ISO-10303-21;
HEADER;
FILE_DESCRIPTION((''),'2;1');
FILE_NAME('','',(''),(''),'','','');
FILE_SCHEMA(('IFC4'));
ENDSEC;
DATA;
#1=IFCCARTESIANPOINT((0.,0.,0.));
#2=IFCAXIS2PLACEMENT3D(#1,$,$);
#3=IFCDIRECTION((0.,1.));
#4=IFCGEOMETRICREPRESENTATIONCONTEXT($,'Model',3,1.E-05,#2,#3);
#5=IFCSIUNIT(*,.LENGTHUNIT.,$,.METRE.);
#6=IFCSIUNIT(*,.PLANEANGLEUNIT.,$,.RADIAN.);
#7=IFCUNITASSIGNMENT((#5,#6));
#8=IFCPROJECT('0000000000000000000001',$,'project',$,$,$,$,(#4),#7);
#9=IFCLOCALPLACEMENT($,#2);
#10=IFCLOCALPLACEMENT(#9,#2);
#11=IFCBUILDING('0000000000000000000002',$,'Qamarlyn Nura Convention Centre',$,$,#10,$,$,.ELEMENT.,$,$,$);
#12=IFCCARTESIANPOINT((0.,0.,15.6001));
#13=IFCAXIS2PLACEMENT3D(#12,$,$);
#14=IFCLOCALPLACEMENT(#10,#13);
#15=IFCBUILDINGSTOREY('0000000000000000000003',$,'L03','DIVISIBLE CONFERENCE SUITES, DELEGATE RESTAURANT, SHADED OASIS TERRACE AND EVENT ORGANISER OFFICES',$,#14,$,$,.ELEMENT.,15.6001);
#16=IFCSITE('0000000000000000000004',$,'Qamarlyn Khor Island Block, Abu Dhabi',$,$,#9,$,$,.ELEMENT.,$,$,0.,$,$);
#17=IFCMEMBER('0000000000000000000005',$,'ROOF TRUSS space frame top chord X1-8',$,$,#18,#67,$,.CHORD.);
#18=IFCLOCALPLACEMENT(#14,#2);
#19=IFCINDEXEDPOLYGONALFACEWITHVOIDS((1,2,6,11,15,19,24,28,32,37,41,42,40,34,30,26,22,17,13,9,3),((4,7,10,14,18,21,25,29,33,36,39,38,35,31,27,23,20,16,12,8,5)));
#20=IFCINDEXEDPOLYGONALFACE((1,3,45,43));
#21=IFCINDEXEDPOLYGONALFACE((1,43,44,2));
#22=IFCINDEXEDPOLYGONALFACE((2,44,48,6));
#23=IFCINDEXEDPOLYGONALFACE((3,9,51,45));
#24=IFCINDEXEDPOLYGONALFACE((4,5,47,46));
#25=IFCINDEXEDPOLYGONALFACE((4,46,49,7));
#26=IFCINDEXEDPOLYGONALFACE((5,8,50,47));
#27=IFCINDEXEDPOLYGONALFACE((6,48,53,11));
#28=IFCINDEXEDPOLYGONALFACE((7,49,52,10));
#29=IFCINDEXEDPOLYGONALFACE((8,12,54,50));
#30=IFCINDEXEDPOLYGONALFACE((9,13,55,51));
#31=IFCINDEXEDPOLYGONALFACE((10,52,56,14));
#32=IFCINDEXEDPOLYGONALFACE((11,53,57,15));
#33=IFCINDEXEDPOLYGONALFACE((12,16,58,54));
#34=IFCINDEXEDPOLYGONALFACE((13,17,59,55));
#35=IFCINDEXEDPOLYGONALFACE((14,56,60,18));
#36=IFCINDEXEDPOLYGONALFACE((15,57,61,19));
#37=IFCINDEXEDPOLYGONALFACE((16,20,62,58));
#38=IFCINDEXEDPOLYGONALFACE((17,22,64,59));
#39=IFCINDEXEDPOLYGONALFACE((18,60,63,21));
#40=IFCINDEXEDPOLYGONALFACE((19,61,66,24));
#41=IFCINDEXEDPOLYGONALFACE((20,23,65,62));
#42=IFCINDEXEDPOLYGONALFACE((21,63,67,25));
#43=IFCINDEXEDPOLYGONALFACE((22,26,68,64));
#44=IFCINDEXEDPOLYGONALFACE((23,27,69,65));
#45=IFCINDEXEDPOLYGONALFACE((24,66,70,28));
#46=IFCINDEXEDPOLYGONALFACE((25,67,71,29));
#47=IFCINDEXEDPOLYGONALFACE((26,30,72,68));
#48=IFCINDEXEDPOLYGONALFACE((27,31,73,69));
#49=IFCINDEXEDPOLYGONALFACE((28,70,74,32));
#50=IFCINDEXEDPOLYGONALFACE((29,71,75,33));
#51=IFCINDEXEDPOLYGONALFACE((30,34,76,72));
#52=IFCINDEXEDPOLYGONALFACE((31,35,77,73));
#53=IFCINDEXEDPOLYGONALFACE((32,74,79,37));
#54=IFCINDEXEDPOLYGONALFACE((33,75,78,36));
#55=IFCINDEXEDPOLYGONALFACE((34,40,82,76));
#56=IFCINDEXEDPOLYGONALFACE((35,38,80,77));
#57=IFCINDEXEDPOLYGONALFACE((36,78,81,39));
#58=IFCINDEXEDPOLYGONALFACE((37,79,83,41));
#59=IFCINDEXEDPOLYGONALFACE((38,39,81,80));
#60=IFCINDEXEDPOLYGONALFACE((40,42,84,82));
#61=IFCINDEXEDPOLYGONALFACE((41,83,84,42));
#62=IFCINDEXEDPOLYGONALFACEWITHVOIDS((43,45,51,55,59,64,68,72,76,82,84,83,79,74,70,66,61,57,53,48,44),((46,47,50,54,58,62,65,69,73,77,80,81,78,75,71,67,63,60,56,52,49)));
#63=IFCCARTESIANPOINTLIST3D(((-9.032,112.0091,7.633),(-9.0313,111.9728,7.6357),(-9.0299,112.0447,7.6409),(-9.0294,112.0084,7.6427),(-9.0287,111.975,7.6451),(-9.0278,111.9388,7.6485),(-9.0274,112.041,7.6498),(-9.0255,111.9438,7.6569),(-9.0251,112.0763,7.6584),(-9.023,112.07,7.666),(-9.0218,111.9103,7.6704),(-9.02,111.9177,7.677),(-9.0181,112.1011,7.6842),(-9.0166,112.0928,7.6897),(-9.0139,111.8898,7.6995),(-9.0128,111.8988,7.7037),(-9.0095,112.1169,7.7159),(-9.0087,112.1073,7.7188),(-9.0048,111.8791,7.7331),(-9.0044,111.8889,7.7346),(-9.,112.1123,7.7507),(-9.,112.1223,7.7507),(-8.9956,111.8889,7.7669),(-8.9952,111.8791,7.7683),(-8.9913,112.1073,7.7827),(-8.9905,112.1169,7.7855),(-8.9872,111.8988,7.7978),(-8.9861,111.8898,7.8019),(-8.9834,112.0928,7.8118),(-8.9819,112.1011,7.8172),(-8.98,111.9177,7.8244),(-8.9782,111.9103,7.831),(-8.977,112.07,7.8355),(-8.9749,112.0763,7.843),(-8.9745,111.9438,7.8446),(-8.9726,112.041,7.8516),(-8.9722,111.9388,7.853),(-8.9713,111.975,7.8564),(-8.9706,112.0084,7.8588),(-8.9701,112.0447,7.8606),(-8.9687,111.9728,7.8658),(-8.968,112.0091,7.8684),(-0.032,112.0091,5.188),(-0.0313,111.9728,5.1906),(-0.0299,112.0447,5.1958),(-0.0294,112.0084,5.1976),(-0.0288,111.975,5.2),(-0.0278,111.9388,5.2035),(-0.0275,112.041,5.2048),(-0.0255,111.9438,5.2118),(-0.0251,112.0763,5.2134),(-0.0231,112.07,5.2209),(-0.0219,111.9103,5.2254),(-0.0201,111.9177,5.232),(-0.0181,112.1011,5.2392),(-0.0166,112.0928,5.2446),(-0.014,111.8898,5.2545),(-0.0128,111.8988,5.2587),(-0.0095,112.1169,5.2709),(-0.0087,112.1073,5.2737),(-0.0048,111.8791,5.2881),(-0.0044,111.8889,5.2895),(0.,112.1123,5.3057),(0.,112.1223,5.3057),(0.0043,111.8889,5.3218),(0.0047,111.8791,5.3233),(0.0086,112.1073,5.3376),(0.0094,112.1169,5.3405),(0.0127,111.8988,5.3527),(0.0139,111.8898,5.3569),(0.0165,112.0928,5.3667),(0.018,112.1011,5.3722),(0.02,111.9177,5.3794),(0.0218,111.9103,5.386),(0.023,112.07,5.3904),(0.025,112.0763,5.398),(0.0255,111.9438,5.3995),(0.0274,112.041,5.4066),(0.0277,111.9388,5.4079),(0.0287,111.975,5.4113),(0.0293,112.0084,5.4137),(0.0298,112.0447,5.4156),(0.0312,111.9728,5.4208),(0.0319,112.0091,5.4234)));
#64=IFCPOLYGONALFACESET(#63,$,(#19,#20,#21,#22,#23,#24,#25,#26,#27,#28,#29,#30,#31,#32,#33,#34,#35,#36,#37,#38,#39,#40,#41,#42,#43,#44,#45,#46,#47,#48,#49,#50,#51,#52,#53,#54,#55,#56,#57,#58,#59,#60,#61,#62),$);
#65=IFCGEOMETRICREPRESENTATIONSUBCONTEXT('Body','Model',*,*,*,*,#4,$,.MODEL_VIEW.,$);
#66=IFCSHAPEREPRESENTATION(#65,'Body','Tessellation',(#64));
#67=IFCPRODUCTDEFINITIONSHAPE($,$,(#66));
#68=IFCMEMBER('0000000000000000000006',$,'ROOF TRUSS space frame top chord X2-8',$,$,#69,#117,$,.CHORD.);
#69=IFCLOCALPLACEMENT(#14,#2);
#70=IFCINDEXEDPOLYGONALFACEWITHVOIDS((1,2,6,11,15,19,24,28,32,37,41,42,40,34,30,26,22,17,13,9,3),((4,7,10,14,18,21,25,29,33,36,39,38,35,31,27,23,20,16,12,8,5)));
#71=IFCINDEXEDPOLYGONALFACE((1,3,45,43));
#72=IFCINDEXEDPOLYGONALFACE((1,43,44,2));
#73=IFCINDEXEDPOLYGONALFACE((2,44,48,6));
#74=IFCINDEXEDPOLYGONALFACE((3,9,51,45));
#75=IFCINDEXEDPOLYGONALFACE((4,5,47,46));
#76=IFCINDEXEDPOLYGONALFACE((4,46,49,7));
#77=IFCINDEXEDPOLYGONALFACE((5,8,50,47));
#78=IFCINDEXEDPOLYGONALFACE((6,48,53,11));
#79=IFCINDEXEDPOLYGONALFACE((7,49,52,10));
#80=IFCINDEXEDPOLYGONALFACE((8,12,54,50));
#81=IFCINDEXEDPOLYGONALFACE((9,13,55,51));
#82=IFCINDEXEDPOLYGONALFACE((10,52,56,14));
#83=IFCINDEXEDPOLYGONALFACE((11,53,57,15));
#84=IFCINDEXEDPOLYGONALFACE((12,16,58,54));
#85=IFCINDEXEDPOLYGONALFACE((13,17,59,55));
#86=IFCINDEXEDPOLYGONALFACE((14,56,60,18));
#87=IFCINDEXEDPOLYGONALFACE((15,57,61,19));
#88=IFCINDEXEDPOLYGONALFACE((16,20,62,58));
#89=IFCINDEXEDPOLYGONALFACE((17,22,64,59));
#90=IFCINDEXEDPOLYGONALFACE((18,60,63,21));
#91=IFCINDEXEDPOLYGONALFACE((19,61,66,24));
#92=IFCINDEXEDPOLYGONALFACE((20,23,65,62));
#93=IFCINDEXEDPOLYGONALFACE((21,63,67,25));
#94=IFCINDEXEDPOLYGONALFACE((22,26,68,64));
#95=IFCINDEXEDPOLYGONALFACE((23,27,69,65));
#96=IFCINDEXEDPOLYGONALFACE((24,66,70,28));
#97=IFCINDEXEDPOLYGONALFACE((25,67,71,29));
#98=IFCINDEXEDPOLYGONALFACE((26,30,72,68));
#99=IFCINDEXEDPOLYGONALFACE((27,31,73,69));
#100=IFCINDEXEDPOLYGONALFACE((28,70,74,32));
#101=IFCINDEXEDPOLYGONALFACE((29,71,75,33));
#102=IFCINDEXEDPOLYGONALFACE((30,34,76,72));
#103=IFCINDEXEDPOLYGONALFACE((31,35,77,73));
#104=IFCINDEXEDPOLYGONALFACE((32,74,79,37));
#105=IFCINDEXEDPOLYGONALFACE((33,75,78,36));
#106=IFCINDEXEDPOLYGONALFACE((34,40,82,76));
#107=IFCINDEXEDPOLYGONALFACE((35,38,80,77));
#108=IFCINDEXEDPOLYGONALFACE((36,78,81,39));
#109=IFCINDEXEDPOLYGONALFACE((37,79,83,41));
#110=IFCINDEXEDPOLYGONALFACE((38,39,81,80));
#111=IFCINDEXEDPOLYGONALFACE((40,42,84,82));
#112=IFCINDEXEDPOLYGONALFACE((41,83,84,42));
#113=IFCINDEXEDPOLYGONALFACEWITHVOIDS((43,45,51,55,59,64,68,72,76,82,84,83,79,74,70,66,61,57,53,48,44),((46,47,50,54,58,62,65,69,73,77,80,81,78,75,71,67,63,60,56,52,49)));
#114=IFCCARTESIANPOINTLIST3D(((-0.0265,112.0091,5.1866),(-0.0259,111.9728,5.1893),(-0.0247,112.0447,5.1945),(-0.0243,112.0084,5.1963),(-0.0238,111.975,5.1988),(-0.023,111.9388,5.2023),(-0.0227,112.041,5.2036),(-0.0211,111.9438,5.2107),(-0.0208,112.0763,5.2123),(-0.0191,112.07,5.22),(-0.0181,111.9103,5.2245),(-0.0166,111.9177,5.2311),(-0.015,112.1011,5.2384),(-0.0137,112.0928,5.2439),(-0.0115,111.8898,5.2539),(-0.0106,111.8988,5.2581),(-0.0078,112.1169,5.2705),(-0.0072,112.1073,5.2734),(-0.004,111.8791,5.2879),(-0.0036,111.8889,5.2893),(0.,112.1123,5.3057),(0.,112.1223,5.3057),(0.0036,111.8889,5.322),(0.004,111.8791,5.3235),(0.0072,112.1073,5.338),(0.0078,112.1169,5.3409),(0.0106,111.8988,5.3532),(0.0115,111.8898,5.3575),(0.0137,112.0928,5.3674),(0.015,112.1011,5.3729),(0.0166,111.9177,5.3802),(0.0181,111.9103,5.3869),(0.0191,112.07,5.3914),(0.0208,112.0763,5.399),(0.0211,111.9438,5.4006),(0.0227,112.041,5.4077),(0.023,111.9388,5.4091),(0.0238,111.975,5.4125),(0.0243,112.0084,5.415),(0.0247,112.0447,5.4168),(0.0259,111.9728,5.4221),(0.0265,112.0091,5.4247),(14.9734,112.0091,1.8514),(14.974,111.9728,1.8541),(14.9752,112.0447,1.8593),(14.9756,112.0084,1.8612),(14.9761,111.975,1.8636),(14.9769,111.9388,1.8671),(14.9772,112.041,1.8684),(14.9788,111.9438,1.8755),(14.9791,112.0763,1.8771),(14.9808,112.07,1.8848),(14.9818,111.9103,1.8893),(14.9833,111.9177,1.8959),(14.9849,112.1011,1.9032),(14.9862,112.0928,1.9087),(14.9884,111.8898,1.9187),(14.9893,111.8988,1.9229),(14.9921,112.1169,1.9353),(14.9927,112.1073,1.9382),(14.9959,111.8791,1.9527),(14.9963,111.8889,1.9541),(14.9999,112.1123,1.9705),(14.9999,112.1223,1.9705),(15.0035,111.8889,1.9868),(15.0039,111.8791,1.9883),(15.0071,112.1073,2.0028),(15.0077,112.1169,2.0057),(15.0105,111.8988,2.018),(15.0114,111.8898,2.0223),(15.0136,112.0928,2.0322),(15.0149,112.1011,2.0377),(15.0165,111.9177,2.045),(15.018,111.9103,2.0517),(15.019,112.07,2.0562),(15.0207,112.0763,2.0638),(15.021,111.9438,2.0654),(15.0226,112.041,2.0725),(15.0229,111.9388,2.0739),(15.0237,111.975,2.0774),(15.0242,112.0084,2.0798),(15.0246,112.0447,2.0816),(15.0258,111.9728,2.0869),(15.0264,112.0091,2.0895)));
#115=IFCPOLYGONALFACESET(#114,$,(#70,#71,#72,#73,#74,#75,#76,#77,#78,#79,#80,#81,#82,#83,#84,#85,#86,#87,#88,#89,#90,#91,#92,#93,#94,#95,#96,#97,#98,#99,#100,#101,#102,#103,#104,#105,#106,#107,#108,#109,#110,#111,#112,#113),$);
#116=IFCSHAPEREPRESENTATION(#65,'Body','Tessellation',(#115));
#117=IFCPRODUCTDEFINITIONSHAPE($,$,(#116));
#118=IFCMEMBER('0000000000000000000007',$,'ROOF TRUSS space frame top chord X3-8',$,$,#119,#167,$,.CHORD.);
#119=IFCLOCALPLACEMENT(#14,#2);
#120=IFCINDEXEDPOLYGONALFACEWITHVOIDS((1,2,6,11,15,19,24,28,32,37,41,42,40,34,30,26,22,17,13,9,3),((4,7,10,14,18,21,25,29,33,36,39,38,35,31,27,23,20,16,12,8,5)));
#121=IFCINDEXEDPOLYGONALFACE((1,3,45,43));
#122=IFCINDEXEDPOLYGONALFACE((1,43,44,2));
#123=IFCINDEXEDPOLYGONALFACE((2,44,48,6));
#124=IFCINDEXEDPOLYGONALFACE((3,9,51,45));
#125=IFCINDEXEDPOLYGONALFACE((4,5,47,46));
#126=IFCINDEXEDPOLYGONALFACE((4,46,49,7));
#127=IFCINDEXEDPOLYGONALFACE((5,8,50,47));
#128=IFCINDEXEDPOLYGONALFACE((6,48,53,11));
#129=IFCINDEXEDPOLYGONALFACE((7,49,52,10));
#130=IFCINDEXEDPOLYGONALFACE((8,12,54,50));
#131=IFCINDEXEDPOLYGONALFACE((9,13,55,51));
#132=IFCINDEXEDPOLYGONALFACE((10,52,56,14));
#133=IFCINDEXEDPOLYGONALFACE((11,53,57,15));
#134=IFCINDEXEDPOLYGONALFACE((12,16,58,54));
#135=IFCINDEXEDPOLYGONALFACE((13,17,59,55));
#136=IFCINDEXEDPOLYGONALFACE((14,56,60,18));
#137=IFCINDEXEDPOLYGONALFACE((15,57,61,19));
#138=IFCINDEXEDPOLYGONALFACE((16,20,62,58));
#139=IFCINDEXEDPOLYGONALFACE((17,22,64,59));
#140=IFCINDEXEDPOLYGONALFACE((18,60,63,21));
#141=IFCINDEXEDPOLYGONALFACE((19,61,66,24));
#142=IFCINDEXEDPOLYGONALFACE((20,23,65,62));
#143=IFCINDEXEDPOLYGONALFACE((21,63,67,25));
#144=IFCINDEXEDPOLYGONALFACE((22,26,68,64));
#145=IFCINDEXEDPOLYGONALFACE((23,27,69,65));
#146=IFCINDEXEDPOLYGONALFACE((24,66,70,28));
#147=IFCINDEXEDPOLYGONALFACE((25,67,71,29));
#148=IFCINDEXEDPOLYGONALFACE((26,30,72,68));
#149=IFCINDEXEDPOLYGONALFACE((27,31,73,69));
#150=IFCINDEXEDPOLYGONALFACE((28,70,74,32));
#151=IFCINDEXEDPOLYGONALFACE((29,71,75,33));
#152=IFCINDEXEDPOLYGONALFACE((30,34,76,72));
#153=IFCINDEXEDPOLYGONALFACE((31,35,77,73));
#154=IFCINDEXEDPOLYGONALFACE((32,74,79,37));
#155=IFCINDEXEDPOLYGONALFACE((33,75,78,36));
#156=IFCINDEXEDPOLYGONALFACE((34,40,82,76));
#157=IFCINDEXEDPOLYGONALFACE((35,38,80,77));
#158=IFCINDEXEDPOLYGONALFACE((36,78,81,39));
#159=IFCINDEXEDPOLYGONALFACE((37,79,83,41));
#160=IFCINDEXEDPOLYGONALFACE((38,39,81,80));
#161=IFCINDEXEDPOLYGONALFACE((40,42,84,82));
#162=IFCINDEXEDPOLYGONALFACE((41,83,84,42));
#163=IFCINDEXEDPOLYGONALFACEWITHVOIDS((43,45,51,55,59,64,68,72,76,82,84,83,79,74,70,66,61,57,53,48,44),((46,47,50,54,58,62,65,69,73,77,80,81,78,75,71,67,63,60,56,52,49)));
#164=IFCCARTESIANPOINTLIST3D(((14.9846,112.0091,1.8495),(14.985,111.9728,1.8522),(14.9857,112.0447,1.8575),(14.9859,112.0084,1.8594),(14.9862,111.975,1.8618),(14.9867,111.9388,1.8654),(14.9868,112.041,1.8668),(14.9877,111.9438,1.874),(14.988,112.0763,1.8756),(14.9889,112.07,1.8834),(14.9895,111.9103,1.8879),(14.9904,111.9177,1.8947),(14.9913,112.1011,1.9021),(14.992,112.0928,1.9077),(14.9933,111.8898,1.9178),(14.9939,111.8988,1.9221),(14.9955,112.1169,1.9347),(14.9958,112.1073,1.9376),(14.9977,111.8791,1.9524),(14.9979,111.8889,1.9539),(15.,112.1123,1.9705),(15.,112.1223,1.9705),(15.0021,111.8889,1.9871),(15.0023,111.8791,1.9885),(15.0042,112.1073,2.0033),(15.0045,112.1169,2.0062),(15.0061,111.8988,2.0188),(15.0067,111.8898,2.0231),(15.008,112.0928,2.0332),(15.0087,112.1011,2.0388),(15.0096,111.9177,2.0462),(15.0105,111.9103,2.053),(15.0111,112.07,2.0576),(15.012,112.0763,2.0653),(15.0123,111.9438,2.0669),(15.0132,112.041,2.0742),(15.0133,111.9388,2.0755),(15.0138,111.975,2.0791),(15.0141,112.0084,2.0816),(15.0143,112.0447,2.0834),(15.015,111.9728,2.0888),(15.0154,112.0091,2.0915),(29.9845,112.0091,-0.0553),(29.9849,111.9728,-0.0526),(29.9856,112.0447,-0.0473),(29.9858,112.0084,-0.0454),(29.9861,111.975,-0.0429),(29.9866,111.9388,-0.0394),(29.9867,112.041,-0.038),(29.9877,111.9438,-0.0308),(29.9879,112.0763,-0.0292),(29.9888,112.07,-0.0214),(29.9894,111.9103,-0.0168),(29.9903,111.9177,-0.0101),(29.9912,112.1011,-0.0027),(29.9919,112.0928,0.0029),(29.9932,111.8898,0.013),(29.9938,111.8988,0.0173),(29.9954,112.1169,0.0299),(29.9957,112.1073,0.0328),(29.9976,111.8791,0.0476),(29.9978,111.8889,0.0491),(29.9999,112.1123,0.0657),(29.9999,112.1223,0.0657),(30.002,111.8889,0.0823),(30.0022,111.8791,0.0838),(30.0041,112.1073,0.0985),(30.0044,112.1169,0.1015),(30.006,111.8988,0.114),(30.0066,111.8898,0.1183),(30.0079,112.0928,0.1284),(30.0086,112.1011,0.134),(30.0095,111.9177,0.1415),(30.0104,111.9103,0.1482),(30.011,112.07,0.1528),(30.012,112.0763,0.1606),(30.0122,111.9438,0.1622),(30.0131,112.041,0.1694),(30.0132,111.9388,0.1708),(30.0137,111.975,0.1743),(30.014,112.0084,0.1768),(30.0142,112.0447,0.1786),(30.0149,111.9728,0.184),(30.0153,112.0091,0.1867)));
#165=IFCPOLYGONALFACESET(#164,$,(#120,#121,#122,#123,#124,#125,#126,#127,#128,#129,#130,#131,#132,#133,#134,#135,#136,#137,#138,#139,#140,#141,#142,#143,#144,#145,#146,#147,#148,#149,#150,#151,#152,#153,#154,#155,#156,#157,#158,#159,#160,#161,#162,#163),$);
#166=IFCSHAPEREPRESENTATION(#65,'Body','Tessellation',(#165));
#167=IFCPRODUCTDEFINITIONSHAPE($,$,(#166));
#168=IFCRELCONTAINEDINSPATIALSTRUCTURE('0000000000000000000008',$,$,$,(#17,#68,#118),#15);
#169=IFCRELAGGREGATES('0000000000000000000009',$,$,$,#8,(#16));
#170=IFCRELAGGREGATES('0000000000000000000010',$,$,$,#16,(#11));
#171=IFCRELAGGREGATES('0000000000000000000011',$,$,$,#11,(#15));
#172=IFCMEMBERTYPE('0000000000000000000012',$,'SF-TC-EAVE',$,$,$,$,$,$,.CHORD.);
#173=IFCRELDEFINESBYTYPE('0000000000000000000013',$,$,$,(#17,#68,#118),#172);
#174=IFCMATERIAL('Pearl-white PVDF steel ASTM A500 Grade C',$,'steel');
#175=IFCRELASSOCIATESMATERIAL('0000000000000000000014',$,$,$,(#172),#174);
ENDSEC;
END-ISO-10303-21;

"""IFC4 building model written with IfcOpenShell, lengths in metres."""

from ifc_helpers import new_model, si_unit, direction, frame, origin, origin_2d, place, context, subcontext, project, spatial, hollow_circle, extrude, material, material_profile, profile_set, type_object, element, save


model = new_model("IFC4")

# Units and contexts
model_context = context("Model", 3, precision=1e-05, world=origin(), true_north=direction((0.0, 1.0)))
body_context = subcontext(model_context, "Body", "Model", "MODEL_VIEW")
ifc_project = project(units=[si_unit("LENGTHUNIT", "METRE"), si_unit("PLANEANGLEUNIT", "RADIAN")], contexts=[model_context])

# Site, building, storey
site_placement = place(None, origin())
site = spatial("IfcSite", under=ifc_project, at=site_placement, Name="Qamarlyn Khor Island Block, Abu Dhabi", CompositionType="ELEMENT", RefElevation=0.0)
building_placement = place(site_placement, origin())
building = spatial("IfcBuilding", under=site, at=building_placement, Name="Qamarlyn Nura Convention Centre", CompositionType="ELEMENT")
storey_placement = place(building_placement, frame((0.0, 0.0, 15.6001)))
storey = spatial("IfcBuildingStorey", under=building, at=storey_placement, Name="L03", Description="DIVISIBLE CONFERENCE SUITES, DELEGATE RESTAURANT, SHADED OASIS TERRACE AND EVENT ORGANISER OFFICES", CompositionType="ELEMENT", Elevation=15.6001)

# Members
ifc_material_1 = material(Name="Pearl-white PVDF steel ASTM A500 Grade C", Category="steel")
ifc_material_profile = material_profile(ifc_material_1, hollow_circle(Radius=0.1223, WallThickness=0.01, at=origin_2d()), Name="CHS244.5X10")
ifc_profile_set = profile_set([ifc_material_profile], Name="Pearl-white PVDF steel ASTM A500 Grade C")
member_type = type_object("IfcMemberType", Name="SF-TC-EAVE", PredefinedType="CHORD", material=ifc_profile_set)
member_1_placement = place(storey_placement, frame((-9.0, 112.0, 7.7507), z_axis=(0.965021, 0.0, -0.262171), x_axis=(0.0, 1.0, 0.0)))
element("IfcMember", 1, at=member_1_placement, inside=storey, type_object=member_type, Name="ROOF TRUSS space frame top chord X1-8", PredefinedType="CHORD", context=body_context, shape_type="SweptSolid", body=[
    extrude(hollow_circle(Radius=0.1223, WallThickness=0.01, at=origin_2d()), origin(), (0.0, 0.0, 1.0), 9.3262),
])
member_2_placement = place(storey_placement, frame((0.0, 112.0, 5.3057), z_axis=(0.976161, 0.0, -0.217047), x_axis=(0.0, 1.0, 0.0)))
element("IfcMember", 2, at=member_2_placement, inside=storey, type_object=member_type, Name="ROOF TRUSS space frame top chord X2-8", PredefinedType="CHORD", context=body_context, shape_type="SweptSolid", body=[
    extrude(hollow_circle(Radius=0.1223, WallThickness=0.01, at=origin_2d()), origin(), (0.0, 0.0, 1.0), 15.3662),
])
member_3_placement = place(storey_placement, frame((15.0, 112.0, 1.9705), z_axis=(0.992034, 0.0, -0.125974), x_axis=(0.0, 1.0, 0.0)))
element("IfcMember", 3, at=member_3_placement, inside=storey, type_object=member_type, Name="ROOF TRUSS space frame top chord X3-8", PredefinedType="CHORD", context=body_context, shape_type="SweptSolid", body=[
    extrude(hollow_circle(Radius=0.1223, WallThickness=0.01, at=origin_2d()), origin(), (0.0, 0.0, 1.0), 15.1204),
])

save(model, "model.ifc")
